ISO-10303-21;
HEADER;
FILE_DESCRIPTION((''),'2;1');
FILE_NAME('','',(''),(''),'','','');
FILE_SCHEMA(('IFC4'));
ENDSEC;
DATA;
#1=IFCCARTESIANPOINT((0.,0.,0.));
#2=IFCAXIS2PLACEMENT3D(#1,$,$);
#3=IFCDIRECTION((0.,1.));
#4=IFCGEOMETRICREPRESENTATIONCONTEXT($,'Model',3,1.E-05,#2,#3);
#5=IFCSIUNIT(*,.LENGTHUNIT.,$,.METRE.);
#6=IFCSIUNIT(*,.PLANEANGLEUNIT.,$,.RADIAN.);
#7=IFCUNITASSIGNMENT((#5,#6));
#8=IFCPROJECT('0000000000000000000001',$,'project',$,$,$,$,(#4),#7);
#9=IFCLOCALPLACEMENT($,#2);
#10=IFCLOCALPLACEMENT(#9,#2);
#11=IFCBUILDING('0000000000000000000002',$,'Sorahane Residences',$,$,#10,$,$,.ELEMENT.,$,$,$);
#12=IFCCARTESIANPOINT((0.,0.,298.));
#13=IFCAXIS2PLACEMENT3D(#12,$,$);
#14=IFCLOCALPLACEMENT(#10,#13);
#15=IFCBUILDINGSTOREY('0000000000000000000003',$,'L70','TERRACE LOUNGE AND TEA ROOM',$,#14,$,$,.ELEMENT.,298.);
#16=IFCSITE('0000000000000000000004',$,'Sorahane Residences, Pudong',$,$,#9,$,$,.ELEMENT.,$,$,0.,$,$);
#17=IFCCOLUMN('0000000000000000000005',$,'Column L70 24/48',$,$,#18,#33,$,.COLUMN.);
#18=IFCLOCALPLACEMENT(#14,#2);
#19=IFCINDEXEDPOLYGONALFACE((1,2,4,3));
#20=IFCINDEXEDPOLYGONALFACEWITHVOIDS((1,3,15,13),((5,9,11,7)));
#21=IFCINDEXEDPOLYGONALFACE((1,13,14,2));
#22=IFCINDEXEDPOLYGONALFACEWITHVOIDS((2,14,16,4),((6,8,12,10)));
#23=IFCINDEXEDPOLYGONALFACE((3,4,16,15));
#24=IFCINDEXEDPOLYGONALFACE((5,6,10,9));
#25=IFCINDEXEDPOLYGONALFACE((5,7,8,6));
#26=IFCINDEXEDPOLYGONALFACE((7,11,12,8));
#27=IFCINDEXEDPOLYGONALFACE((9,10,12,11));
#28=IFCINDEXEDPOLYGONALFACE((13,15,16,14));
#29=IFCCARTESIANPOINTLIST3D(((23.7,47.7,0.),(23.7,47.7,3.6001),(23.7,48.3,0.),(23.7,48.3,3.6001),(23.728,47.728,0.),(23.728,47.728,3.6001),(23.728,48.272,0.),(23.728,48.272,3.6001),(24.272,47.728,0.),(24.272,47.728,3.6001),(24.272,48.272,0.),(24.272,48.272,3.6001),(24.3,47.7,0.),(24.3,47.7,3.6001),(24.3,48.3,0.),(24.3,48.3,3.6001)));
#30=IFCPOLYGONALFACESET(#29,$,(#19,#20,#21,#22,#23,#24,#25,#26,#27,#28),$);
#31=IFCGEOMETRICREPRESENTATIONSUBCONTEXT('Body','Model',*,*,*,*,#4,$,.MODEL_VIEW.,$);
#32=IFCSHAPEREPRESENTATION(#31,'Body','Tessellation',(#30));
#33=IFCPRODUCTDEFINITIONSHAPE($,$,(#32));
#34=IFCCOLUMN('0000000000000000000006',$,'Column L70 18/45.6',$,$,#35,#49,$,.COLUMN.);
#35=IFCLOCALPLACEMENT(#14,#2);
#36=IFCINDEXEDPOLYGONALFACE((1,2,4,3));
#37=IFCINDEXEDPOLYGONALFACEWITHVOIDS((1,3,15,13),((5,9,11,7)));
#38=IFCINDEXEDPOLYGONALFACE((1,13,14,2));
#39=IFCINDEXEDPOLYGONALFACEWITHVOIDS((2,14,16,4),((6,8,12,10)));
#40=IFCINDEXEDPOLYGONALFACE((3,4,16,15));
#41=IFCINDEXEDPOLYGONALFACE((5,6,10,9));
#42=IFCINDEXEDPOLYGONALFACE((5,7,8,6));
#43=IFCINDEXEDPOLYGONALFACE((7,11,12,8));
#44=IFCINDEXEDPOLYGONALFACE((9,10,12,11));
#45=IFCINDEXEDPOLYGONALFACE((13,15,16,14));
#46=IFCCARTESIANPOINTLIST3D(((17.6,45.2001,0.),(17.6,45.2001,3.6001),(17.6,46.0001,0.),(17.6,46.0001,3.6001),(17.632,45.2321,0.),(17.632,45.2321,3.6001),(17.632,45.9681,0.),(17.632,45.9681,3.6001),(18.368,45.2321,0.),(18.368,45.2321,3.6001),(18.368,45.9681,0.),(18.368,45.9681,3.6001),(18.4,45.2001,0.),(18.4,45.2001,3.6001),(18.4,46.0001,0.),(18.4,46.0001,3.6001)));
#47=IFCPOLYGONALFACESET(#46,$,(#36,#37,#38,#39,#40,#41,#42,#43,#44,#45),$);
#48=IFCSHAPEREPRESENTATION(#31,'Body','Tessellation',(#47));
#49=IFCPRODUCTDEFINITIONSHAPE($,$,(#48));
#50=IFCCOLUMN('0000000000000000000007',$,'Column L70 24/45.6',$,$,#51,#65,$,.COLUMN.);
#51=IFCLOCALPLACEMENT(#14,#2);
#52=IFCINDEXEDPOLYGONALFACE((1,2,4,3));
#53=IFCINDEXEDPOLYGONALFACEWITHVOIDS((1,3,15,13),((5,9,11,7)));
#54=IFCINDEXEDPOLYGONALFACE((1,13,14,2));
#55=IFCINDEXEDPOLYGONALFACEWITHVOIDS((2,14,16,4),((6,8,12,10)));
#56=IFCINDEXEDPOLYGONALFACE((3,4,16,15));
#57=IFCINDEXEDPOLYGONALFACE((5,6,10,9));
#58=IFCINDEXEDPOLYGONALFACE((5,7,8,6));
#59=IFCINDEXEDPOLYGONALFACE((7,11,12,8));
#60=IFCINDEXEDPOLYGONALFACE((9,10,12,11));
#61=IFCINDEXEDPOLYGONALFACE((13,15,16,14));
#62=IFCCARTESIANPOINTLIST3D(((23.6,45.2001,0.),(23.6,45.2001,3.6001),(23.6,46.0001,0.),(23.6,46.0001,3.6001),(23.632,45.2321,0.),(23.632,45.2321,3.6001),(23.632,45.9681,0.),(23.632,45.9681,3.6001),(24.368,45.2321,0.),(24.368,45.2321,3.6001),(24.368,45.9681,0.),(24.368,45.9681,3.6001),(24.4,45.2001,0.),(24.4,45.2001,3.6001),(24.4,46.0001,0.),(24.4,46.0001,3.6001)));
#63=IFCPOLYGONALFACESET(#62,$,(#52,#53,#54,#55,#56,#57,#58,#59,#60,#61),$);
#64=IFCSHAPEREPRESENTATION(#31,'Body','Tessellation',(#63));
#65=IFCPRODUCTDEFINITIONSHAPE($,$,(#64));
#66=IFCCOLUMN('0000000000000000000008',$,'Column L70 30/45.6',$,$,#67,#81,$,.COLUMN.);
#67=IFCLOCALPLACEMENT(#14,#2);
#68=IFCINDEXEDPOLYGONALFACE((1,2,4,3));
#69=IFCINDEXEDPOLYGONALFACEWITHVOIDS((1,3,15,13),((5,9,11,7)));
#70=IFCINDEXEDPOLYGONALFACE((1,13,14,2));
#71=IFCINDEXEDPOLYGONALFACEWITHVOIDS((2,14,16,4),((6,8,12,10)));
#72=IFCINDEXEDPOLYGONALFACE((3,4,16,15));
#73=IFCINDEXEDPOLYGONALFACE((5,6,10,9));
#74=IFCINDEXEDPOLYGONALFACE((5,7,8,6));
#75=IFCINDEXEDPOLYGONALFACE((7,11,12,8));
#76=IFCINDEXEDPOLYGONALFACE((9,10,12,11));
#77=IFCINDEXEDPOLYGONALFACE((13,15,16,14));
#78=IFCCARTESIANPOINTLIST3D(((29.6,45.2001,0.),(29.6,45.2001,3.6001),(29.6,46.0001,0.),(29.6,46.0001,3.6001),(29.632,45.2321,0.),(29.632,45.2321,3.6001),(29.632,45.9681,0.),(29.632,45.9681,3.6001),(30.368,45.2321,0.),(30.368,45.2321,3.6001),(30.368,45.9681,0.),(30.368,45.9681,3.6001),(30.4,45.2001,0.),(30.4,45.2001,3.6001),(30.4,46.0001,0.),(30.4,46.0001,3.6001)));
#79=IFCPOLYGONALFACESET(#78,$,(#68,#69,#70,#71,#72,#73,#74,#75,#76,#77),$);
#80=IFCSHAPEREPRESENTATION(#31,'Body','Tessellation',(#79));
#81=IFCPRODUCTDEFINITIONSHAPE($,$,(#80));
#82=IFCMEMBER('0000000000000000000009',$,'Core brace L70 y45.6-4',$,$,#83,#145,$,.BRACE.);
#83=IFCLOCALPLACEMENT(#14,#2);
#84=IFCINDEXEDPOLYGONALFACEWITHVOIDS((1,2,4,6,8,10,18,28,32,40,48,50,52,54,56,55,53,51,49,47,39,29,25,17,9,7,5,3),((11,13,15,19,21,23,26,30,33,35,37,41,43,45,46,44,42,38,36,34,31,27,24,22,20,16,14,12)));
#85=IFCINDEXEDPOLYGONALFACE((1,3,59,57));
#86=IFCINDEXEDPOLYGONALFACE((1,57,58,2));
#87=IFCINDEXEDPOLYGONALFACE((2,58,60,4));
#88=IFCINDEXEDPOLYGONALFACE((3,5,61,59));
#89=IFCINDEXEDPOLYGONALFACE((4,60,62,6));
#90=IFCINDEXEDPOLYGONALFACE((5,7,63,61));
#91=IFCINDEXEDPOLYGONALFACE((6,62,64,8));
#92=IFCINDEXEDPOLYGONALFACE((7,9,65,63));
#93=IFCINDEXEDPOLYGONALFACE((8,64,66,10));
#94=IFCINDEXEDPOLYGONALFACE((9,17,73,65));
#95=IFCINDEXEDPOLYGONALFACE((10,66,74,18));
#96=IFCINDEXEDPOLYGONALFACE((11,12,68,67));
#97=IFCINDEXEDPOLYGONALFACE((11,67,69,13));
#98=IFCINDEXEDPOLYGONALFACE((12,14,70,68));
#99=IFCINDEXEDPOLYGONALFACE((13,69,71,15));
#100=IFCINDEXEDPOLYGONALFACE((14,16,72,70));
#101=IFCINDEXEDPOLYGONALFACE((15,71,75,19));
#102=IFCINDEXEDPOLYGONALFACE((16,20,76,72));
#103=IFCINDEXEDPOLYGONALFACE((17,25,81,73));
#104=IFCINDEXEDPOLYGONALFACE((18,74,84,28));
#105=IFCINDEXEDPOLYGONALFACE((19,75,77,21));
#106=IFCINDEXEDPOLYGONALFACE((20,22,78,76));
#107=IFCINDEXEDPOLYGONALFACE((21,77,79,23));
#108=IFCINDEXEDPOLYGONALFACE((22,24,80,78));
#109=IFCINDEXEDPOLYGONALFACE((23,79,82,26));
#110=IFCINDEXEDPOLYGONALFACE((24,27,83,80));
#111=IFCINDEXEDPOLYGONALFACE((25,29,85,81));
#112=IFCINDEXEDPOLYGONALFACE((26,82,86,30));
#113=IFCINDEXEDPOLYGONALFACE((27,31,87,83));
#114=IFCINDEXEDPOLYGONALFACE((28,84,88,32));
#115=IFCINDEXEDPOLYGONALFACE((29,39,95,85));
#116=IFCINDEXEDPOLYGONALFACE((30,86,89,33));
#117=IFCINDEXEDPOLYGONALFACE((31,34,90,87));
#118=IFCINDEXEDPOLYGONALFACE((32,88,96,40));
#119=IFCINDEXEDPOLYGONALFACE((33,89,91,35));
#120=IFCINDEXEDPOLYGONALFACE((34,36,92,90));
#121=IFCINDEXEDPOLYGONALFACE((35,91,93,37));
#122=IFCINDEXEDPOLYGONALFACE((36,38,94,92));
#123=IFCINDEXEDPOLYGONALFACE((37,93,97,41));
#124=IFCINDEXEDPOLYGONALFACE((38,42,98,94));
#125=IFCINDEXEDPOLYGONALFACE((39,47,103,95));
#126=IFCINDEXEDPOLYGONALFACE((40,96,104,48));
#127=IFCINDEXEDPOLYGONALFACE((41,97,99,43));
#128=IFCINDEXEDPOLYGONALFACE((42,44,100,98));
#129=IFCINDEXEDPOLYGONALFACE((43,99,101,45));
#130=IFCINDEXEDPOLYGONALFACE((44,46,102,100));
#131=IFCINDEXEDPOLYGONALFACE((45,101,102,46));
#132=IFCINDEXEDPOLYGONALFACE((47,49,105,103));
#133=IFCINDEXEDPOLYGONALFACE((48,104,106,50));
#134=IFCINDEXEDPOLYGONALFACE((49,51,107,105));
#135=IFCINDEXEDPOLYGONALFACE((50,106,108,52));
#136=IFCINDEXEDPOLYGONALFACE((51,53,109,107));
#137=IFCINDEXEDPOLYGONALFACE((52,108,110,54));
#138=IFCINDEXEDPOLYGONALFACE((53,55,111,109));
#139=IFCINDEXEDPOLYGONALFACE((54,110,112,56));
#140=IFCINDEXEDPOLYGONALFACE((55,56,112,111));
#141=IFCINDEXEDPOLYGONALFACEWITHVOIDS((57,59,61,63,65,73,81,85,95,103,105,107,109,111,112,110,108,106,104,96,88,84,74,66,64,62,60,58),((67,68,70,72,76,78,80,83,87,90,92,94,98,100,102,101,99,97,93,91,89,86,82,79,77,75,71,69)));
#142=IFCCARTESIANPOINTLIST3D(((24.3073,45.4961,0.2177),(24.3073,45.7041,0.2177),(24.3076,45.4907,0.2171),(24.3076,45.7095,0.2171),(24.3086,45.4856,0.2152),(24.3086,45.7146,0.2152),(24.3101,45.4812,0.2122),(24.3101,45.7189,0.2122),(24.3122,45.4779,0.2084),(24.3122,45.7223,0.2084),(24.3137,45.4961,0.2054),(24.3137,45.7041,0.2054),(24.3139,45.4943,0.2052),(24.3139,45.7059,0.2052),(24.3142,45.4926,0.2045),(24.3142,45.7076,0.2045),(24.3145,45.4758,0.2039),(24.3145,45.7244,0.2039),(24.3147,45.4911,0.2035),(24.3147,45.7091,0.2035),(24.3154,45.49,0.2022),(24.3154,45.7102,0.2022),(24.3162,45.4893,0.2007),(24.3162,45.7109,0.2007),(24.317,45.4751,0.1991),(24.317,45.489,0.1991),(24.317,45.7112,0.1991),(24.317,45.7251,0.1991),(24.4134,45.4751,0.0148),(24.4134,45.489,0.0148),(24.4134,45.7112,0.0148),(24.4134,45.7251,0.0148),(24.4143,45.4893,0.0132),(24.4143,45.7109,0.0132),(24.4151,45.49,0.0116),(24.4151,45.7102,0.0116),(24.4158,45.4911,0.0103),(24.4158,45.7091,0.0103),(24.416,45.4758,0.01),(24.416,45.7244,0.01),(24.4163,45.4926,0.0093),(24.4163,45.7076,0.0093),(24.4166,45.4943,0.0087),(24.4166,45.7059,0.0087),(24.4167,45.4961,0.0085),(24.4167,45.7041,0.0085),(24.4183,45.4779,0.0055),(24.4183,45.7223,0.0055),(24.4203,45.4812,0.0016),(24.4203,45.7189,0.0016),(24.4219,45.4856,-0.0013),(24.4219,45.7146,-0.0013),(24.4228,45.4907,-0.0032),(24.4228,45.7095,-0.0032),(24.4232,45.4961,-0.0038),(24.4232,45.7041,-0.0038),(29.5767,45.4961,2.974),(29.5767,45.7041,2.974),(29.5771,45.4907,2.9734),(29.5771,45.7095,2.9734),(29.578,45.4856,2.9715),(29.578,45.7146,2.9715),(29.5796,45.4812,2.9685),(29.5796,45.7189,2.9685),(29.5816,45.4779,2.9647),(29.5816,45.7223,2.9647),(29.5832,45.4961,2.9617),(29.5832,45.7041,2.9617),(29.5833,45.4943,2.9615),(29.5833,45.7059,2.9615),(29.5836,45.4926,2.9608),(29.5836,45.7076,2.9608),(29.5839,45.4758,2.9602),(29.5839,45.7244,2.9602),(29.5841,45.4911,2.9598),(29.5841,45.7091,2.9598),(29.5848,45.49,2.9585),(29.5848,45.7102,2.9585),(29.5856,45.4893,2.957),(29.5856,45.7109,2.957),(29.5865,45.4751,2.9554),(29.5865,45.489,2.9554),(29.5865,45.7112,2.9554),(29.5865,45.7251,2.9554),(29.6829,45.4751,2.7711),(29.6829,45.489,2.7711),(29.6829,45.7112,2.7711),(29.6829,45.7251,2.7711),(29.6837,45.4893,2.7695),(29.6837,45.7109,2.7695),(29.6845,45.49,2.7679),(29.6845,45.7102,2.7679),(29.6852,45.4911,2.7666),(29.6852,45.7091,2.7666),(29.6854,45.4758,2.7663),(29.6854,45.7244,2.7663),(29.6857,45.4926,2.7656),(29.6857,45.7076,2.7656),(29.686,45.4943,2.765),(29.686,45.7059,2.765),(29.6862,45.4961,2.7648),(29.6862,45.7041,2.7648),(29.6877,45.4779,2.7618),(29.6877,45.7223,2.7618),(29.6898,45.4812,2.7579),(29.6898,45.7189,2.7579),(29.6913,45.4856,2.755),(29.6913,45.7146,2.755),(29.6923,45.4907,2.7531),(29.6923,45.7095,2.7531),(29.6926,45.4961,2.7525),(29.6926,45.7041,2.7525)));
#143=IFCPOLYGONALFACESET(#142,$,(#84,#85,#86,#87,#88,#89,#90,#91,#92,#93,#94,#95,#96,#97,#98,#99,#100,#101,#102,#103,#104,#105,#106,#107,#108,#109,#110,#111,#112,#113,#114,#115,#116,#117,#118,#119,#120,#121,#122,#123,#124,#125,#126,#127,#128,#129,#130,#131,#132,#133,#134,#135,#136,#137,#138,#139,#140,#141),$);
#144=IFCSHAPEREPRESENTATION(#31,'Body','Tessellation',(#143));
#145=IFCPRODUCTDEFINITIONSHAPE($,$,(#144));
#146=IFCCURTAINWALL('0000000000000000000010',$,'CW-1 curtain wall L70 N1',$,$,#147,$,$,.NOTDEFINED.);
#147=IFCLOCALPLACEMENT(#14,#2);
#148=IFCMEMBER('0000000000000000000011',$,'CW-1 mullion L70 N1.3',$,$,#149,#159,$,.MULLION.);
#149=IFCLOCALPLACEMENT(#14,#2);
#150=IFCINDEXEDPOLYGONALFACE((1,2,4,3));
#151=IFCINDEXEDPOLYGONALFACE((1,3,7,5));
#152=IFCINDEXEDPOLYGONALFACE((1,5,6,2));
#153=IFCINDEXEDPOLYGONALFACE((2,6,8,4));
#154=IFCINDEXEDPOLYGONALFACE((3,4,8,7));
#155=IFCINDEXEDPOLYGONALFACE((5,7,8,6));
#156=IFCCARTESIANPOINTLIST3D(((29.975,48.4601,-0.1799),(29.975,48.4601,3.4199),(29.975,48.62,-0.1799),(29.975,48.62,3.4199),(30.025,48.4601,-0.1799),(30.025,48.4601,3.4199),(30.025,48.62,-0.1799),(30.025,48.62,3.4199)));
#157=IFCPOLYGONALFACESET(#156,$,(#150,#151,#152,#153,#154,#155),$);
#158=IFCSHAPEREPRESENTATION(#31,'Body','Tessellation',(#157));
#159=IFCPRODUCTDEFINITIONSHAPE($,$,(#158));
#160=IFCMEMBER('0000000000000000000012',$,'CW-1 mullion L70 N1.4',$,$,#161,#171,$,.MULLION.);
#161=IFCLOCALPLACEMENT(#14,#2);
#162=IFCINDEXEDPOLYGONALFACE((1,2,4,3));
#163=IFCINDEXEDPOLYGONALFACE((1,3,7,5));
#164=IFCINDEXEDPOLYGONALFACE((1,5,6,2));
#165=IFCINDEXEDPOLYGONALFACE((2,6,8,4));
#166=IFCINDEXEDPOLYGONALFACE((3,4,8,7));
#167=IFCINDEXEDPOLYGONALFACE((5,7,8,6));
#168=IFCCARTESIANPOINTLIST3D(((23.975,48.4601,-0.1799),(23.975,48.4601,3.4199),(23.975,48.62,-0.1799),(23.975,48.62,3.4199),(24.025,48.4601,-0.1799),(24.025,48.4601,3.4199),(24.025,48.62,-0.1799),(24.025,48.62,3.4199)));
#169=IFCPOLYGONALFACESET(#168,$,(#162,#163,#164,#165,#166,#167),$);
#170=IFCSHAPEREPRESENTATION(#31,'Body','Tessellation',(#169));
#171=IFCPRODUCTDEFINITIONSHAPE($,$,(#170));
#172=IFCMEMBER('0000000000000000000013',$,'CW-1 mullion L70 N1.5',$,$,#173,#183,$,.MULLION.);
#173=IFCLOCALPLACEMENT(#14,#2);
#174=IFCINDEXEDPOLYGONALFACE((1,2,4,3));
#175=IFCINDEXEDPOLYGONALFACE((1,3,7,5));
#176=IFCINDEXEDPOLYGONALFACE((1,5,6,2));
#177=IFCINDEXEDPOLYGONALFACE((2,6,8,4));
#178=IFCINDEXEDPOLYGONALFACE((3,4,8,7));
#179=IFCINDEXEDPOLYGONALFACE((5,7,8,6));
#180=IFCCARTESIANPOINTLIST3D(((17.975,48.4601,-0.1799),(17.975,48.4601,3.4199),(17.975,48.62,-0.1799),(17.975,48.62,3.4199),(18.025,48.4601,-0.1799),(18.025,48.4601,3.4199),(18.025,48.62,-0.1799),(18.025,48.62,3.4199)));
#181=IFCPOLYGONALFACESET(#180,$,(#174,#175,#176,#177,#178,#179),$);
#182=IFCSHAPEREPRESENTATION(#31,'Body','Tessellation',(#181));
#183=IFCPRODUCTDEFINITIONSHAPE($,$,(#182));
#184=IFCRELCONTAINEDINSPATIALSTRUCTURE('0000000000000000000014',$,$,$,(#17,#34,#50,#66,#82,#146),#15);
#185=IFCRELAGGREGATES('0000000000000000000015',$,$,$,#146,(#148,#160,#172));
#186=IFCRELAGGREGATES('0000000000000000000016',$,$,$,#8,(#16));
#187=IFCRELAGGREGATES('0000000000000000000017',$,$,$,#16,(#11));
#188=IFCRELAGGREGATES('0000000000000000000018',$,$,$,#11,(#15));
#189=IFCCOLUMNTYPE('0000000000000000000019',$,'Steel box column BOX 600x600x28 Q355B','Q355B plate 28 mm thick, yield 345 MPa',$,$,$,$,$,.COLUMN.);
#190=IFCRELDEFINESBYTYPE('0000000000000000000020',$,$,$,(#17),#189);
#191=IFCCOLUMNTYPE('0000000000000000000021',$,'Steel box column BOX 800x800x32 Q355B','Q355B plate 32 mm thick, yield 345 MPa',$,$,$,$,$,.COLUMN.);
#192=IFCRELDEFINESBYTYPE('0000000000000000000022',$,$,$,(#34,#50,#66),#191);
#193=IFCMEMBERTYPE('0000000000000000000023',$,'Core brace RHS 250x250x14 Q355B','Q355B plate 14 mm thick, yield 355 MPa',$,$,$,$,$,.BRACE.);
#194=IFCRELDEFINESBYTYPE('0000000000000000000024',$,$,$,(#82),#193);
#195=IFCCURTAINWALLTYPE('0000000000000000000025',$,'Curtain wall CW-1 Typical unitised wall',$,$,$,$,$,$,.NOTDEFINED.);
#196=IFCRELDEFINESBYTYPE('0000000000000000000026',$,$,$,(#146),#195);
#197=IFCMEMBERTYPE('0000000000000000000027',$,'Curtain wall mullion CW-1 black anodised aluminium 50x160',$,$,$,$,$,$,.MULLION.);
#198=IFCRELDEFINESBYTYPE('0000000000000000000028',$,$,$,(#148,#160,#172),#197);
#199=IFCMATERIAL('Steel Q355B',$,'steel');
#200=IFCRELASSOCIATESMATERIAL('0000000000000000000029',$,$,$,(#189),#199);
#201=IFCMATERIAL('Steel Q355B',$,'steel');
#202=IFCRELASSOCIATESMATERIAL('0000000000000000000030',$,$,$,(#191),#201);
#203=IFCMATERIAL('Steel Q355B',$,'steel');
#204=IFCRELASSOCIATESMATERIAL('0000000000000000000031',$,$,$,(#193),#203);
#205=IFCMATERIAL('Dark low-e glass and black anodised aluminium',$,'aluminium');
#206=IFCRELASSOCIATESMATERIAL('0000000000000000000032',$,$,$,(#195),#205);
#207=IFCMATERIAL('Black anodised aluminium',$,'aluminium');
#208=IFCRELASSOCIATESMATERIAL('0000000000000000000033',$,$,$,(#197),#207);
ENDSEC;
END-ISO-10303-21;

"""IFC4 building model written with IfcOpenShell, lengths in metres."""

from ifc_helpers import new_model, si_unit, direction, frame, origin, origin_2d, place, context, subcontext, project, spatial, rectangle, hollow_rectangle, extrude, material, material_profile, profile_set, type_object, element, aggregate, save


model = new_model("IFC4")

# Units and contexts
model_context = context("Model", 3, precision=1e-05, world=origin(), true_north=direction((0.0, 1.0)))
body_context = subcontext(model_context, "Body", "Model", "MODEL_VIEW")
ifc_project = project(units=[si_unit("LENGTHUNIT", "METRE"), si_unit("PLANEANGLEUNIT", "RADIAN")], contexts=[model_context])

# Site, building, storey
site_placement = place(None, origin())
site = spatial("IfcSite", under=ifc_project, at=site_placement, Name="Sorahane Residences, Pudong", CompositionType="ELEMENT", RefElevation=0.0)
building_placement = place(site_placement, origin())
building = spatial("IfcBuilding", under=site, at=building_placement, Name="Sorahane Residences", CompositionType="ELEMENT")
storey_placement = place(building_placement, frame((0.0, 0.0, 298.0)))
storey = spatial("IfcBuildingStorey", under=building, at=storey_placement, Name="L70", Description="TERRACE LOUNGE AND TEA ROOM", CompositionType="ELEMENT", Elevation=298.0)

# Columns
ifc_material_1 = material(Name="Steel Q355B", Category="steel")
ifc_material_profile_1 = material_profile(ifc_material_1, hollow_rectangle(XDim=0.6001, YDim=0.6001, WallThickness=0.0281, at=origin_2d()), Name="BOX 600x600x28")
ifc_profile_set_1 = profile_set([ifc_material_profile_1], Name="Steel Q355B")
column_type_1 = type_object("IfcColumnType", Name="Steel box column BOX 600x600x28 Q355B", Description="Q355B plate 28 mm thick, yield 345 MPa", PredefinedType="COLUMN", material=ifc_profile_set_1)
column_placement = place(storey_placement, frame((24.0, 48.0, 0.0), z_axis=(0.0, 0.0, 1.0), x_axis=(1.0, 0.0, 0.0)))
element("IfcColumn", 1, at=column_placement, inside=storey, type_object=column_type_1, Name="Column L70 24/48", PredefinedType="COLUMN", context=body_context, shape_type="SweptSolid", body=[
    extrude(hollow_rectangle(XDim=0.6001, YDim=0.6001, WallThickness=0.0281, at=origin_2d()), origin(), (0.0, 0.0, 1.0), 3.6001),
])
ifc_material_2 = material(Name="Steel Q355B", Category="steel")
ifc_material_profile_2 = material_profile(ifc_material_2, hollow_rectangle(XDim=0.8, YDim=0.8, WallThickness=0.032, at=origin_2d()), Name="BOX 800x800x32")
ifc_profile_set_2 = profile_set([ifc_material_profile_2], Name="Steel Q355B")
column_type_2 = type_object("IfcColumnType", Name="Steel box column BOX 800x800x32 Q355B", Description="Q355B plate 32 mm thick, yield 345 MPa", PredefinedType="COLUMN", material=ifc_profile_set_2)
for number, where, z_axis, x_axis, name in (
    (2, (18.0, 45.6001, 0.0), (0.0, 0.0, 1.0), (1.0, 0.0, 0.0), "Column L70 18/45.6"),
    (3, (24.0, 45.6001, 0.0), (0.0, 0.0, 1.0), (1.0, 0.0, 0.0), "Column L70 24/45.6"),
    (4, (30.0, 45.6001, 0.0), (0.0, 0.0, 1.0), (1.0, 0.0, 0.0), "Column L70 30/45.6"),
):
    element("IfcColumn", number, at=place(storey_placement, frame(where, z_axis=z_axis, x_axis=x_axis)), inside=storey, type_object=column_type_2, Name=name, PredefinedType="COLUMN", context=body_context, shape_type="SweptSolid", body=[
        extrude(hollow_rectangle(XDim=0.8, YDim=0.8, WallThickness=0.032, at=origin_2d()), origin(), (0.0, 0.0, 1.0), 3.6001),
    ])

# Member
ifc_material_3 = material(Name="Steel Q355B", Category="steel")
ifc_material_profile_3 = material_profile(ifc_material_3, hollow_rectangle(XDim=0.25, YDim=0.25, WallThickness=0.0139, InnerFilletRadius=0.0071, OuterFilletRadius=0.021, at=origin_2d()), Name="RHS 250x250x14")
ifc_profile_set_3 = profile_set([ifc_material_profile_3], Name="Steel Q355B")
member_type_1 = type_object("IfcMemberType", Name="Core brace RHS 250x250x14 Q355B", Description="Q355B plate 14 mm thick, yield 355 MPa", PredefinedType="BRACE", material=ifc_profile_set_3)
member_1_placement = place(storey_placement, frame((24.3652, 45.6001, 0.1069), z_axis=(0.8861, 0.0, 0.463495), x_axis=(0.0, 1.0, 0.0)))
element("IfcMember", 5, at=member_1_placement, inside=storey, type_object=member_type_1, Name="Core brace L70 y45.6-4", PredefinedType="BRACE", context=body_context, shape_type="SweptSolid", body=[
    extrude(hollow_rectangle(XDim=0.25, YDim=0.25, WallThickness=0.0139, InnerFilletRadius=0.0071, OuterFilletRadius=0.021, at=origin_2d()), origin(), (0.0, 0.0, 1.0), 5.9468),
])

# Curtain wall, members
ifc_material_4 = material(Name="Dark low-e glass and black anodised aluminium", Category="aluminium")
curtain_wall_type = type_object("IfcCurtainWallType", Name="Curtain wall CW-1 Typical unitised wall", PredefinedType="NOTDEFINED", material=ifc_material_4)
curtain_wall_placement = place(storey_placement, origin())
curtain_wall = element("IfcCurtainWall", 6, at=curtain_wall_placement, inside=storey, type_object=curtain_wall_type, Name="CW-1 curtain wall L70 N1", PredefinedType="NOTDEFINED")
ifc_material_5 = material(Name="Black anodised aluminium", Category="aluminium")
ifc_material_profile_4 = material_profile(ifc_material_5, rectangle(XDim=0.1599, YDim=0.05, at=origin_2d()), Name="Curtain wall mullion CW-1 black anodised aluminium 50x160")
ifc_profile_set_4 = profile_set([ifc_material_profile_4], Name="Black anodised aluminium")
member_type_2 = type_object("IfcMemberType", Name="Curtain wall mullion CW-1 black anodised aluminium 50x160", PredefinedType="MULLION", material=ifc_profile_set_4)
member_2_placement = place(storey_placement, frame((30.0, 48.54, -0.1799), z_axis=(0.0, 0.0, 1.0), x_axis=(0.0, 1.0, 0.0)))
member_2 = element("IfcMember", 7, at=member_2_placement, type_object=member_type_2, Name="CW-1 mullion L70 N1.3", PredefinedType="MULLION", context=body_context, shape_type="SweptSolid", body=[
    extrude(rectangle(XDim=0.1599, YDim=0.05, at=origin_2d()), origin(), (0.0, 0.0, 1.0), 3.5999),
])
member_3_placement = place(storey_placement, frame((24.0, 48.54, -0.1799), z_axis=(0.0, 0.0, 1.0), x_axis=(0.0, 1.0, 0.0)))
member_3 = element("IfcMember", 8, at=member_3_placement, type_object=member_type_2, Name="CW-1 mullion L70 N1.4", PredefinedType="MULLION", context=body_context, shape_type="SweptSolid", body=[
    extrude(rectangle(XDim=0.1599, YDim=0.05, at=origin_2d()), origin(), (0.0, 0.0, 1.0), 3.5999),
])
member_4_placement = place(storey_placement, frame((18.0, 48.54, -0.1799), z_axis=(0.0, 0.0, 1.0), x_axis=(0.0, 1.0, 0.0)))
member_4 = element("IfcMember", 9, at=member_4_placement, type_object=member_type_2, Name="CW-1 mullion L70 N1.5", PredefinedType="MULLION", context=body_context, shape_type="SweptSolid", body=[
    extrude(rectangle(XDim=0.1599, YDim=0.05, at=origin_2d()), origin(), (0.0, 0.0, 1.0), 3.5999),
])

aggregate(curtain_wall, [member_2, member_3, member_4])

save(model, "model.ifc")
